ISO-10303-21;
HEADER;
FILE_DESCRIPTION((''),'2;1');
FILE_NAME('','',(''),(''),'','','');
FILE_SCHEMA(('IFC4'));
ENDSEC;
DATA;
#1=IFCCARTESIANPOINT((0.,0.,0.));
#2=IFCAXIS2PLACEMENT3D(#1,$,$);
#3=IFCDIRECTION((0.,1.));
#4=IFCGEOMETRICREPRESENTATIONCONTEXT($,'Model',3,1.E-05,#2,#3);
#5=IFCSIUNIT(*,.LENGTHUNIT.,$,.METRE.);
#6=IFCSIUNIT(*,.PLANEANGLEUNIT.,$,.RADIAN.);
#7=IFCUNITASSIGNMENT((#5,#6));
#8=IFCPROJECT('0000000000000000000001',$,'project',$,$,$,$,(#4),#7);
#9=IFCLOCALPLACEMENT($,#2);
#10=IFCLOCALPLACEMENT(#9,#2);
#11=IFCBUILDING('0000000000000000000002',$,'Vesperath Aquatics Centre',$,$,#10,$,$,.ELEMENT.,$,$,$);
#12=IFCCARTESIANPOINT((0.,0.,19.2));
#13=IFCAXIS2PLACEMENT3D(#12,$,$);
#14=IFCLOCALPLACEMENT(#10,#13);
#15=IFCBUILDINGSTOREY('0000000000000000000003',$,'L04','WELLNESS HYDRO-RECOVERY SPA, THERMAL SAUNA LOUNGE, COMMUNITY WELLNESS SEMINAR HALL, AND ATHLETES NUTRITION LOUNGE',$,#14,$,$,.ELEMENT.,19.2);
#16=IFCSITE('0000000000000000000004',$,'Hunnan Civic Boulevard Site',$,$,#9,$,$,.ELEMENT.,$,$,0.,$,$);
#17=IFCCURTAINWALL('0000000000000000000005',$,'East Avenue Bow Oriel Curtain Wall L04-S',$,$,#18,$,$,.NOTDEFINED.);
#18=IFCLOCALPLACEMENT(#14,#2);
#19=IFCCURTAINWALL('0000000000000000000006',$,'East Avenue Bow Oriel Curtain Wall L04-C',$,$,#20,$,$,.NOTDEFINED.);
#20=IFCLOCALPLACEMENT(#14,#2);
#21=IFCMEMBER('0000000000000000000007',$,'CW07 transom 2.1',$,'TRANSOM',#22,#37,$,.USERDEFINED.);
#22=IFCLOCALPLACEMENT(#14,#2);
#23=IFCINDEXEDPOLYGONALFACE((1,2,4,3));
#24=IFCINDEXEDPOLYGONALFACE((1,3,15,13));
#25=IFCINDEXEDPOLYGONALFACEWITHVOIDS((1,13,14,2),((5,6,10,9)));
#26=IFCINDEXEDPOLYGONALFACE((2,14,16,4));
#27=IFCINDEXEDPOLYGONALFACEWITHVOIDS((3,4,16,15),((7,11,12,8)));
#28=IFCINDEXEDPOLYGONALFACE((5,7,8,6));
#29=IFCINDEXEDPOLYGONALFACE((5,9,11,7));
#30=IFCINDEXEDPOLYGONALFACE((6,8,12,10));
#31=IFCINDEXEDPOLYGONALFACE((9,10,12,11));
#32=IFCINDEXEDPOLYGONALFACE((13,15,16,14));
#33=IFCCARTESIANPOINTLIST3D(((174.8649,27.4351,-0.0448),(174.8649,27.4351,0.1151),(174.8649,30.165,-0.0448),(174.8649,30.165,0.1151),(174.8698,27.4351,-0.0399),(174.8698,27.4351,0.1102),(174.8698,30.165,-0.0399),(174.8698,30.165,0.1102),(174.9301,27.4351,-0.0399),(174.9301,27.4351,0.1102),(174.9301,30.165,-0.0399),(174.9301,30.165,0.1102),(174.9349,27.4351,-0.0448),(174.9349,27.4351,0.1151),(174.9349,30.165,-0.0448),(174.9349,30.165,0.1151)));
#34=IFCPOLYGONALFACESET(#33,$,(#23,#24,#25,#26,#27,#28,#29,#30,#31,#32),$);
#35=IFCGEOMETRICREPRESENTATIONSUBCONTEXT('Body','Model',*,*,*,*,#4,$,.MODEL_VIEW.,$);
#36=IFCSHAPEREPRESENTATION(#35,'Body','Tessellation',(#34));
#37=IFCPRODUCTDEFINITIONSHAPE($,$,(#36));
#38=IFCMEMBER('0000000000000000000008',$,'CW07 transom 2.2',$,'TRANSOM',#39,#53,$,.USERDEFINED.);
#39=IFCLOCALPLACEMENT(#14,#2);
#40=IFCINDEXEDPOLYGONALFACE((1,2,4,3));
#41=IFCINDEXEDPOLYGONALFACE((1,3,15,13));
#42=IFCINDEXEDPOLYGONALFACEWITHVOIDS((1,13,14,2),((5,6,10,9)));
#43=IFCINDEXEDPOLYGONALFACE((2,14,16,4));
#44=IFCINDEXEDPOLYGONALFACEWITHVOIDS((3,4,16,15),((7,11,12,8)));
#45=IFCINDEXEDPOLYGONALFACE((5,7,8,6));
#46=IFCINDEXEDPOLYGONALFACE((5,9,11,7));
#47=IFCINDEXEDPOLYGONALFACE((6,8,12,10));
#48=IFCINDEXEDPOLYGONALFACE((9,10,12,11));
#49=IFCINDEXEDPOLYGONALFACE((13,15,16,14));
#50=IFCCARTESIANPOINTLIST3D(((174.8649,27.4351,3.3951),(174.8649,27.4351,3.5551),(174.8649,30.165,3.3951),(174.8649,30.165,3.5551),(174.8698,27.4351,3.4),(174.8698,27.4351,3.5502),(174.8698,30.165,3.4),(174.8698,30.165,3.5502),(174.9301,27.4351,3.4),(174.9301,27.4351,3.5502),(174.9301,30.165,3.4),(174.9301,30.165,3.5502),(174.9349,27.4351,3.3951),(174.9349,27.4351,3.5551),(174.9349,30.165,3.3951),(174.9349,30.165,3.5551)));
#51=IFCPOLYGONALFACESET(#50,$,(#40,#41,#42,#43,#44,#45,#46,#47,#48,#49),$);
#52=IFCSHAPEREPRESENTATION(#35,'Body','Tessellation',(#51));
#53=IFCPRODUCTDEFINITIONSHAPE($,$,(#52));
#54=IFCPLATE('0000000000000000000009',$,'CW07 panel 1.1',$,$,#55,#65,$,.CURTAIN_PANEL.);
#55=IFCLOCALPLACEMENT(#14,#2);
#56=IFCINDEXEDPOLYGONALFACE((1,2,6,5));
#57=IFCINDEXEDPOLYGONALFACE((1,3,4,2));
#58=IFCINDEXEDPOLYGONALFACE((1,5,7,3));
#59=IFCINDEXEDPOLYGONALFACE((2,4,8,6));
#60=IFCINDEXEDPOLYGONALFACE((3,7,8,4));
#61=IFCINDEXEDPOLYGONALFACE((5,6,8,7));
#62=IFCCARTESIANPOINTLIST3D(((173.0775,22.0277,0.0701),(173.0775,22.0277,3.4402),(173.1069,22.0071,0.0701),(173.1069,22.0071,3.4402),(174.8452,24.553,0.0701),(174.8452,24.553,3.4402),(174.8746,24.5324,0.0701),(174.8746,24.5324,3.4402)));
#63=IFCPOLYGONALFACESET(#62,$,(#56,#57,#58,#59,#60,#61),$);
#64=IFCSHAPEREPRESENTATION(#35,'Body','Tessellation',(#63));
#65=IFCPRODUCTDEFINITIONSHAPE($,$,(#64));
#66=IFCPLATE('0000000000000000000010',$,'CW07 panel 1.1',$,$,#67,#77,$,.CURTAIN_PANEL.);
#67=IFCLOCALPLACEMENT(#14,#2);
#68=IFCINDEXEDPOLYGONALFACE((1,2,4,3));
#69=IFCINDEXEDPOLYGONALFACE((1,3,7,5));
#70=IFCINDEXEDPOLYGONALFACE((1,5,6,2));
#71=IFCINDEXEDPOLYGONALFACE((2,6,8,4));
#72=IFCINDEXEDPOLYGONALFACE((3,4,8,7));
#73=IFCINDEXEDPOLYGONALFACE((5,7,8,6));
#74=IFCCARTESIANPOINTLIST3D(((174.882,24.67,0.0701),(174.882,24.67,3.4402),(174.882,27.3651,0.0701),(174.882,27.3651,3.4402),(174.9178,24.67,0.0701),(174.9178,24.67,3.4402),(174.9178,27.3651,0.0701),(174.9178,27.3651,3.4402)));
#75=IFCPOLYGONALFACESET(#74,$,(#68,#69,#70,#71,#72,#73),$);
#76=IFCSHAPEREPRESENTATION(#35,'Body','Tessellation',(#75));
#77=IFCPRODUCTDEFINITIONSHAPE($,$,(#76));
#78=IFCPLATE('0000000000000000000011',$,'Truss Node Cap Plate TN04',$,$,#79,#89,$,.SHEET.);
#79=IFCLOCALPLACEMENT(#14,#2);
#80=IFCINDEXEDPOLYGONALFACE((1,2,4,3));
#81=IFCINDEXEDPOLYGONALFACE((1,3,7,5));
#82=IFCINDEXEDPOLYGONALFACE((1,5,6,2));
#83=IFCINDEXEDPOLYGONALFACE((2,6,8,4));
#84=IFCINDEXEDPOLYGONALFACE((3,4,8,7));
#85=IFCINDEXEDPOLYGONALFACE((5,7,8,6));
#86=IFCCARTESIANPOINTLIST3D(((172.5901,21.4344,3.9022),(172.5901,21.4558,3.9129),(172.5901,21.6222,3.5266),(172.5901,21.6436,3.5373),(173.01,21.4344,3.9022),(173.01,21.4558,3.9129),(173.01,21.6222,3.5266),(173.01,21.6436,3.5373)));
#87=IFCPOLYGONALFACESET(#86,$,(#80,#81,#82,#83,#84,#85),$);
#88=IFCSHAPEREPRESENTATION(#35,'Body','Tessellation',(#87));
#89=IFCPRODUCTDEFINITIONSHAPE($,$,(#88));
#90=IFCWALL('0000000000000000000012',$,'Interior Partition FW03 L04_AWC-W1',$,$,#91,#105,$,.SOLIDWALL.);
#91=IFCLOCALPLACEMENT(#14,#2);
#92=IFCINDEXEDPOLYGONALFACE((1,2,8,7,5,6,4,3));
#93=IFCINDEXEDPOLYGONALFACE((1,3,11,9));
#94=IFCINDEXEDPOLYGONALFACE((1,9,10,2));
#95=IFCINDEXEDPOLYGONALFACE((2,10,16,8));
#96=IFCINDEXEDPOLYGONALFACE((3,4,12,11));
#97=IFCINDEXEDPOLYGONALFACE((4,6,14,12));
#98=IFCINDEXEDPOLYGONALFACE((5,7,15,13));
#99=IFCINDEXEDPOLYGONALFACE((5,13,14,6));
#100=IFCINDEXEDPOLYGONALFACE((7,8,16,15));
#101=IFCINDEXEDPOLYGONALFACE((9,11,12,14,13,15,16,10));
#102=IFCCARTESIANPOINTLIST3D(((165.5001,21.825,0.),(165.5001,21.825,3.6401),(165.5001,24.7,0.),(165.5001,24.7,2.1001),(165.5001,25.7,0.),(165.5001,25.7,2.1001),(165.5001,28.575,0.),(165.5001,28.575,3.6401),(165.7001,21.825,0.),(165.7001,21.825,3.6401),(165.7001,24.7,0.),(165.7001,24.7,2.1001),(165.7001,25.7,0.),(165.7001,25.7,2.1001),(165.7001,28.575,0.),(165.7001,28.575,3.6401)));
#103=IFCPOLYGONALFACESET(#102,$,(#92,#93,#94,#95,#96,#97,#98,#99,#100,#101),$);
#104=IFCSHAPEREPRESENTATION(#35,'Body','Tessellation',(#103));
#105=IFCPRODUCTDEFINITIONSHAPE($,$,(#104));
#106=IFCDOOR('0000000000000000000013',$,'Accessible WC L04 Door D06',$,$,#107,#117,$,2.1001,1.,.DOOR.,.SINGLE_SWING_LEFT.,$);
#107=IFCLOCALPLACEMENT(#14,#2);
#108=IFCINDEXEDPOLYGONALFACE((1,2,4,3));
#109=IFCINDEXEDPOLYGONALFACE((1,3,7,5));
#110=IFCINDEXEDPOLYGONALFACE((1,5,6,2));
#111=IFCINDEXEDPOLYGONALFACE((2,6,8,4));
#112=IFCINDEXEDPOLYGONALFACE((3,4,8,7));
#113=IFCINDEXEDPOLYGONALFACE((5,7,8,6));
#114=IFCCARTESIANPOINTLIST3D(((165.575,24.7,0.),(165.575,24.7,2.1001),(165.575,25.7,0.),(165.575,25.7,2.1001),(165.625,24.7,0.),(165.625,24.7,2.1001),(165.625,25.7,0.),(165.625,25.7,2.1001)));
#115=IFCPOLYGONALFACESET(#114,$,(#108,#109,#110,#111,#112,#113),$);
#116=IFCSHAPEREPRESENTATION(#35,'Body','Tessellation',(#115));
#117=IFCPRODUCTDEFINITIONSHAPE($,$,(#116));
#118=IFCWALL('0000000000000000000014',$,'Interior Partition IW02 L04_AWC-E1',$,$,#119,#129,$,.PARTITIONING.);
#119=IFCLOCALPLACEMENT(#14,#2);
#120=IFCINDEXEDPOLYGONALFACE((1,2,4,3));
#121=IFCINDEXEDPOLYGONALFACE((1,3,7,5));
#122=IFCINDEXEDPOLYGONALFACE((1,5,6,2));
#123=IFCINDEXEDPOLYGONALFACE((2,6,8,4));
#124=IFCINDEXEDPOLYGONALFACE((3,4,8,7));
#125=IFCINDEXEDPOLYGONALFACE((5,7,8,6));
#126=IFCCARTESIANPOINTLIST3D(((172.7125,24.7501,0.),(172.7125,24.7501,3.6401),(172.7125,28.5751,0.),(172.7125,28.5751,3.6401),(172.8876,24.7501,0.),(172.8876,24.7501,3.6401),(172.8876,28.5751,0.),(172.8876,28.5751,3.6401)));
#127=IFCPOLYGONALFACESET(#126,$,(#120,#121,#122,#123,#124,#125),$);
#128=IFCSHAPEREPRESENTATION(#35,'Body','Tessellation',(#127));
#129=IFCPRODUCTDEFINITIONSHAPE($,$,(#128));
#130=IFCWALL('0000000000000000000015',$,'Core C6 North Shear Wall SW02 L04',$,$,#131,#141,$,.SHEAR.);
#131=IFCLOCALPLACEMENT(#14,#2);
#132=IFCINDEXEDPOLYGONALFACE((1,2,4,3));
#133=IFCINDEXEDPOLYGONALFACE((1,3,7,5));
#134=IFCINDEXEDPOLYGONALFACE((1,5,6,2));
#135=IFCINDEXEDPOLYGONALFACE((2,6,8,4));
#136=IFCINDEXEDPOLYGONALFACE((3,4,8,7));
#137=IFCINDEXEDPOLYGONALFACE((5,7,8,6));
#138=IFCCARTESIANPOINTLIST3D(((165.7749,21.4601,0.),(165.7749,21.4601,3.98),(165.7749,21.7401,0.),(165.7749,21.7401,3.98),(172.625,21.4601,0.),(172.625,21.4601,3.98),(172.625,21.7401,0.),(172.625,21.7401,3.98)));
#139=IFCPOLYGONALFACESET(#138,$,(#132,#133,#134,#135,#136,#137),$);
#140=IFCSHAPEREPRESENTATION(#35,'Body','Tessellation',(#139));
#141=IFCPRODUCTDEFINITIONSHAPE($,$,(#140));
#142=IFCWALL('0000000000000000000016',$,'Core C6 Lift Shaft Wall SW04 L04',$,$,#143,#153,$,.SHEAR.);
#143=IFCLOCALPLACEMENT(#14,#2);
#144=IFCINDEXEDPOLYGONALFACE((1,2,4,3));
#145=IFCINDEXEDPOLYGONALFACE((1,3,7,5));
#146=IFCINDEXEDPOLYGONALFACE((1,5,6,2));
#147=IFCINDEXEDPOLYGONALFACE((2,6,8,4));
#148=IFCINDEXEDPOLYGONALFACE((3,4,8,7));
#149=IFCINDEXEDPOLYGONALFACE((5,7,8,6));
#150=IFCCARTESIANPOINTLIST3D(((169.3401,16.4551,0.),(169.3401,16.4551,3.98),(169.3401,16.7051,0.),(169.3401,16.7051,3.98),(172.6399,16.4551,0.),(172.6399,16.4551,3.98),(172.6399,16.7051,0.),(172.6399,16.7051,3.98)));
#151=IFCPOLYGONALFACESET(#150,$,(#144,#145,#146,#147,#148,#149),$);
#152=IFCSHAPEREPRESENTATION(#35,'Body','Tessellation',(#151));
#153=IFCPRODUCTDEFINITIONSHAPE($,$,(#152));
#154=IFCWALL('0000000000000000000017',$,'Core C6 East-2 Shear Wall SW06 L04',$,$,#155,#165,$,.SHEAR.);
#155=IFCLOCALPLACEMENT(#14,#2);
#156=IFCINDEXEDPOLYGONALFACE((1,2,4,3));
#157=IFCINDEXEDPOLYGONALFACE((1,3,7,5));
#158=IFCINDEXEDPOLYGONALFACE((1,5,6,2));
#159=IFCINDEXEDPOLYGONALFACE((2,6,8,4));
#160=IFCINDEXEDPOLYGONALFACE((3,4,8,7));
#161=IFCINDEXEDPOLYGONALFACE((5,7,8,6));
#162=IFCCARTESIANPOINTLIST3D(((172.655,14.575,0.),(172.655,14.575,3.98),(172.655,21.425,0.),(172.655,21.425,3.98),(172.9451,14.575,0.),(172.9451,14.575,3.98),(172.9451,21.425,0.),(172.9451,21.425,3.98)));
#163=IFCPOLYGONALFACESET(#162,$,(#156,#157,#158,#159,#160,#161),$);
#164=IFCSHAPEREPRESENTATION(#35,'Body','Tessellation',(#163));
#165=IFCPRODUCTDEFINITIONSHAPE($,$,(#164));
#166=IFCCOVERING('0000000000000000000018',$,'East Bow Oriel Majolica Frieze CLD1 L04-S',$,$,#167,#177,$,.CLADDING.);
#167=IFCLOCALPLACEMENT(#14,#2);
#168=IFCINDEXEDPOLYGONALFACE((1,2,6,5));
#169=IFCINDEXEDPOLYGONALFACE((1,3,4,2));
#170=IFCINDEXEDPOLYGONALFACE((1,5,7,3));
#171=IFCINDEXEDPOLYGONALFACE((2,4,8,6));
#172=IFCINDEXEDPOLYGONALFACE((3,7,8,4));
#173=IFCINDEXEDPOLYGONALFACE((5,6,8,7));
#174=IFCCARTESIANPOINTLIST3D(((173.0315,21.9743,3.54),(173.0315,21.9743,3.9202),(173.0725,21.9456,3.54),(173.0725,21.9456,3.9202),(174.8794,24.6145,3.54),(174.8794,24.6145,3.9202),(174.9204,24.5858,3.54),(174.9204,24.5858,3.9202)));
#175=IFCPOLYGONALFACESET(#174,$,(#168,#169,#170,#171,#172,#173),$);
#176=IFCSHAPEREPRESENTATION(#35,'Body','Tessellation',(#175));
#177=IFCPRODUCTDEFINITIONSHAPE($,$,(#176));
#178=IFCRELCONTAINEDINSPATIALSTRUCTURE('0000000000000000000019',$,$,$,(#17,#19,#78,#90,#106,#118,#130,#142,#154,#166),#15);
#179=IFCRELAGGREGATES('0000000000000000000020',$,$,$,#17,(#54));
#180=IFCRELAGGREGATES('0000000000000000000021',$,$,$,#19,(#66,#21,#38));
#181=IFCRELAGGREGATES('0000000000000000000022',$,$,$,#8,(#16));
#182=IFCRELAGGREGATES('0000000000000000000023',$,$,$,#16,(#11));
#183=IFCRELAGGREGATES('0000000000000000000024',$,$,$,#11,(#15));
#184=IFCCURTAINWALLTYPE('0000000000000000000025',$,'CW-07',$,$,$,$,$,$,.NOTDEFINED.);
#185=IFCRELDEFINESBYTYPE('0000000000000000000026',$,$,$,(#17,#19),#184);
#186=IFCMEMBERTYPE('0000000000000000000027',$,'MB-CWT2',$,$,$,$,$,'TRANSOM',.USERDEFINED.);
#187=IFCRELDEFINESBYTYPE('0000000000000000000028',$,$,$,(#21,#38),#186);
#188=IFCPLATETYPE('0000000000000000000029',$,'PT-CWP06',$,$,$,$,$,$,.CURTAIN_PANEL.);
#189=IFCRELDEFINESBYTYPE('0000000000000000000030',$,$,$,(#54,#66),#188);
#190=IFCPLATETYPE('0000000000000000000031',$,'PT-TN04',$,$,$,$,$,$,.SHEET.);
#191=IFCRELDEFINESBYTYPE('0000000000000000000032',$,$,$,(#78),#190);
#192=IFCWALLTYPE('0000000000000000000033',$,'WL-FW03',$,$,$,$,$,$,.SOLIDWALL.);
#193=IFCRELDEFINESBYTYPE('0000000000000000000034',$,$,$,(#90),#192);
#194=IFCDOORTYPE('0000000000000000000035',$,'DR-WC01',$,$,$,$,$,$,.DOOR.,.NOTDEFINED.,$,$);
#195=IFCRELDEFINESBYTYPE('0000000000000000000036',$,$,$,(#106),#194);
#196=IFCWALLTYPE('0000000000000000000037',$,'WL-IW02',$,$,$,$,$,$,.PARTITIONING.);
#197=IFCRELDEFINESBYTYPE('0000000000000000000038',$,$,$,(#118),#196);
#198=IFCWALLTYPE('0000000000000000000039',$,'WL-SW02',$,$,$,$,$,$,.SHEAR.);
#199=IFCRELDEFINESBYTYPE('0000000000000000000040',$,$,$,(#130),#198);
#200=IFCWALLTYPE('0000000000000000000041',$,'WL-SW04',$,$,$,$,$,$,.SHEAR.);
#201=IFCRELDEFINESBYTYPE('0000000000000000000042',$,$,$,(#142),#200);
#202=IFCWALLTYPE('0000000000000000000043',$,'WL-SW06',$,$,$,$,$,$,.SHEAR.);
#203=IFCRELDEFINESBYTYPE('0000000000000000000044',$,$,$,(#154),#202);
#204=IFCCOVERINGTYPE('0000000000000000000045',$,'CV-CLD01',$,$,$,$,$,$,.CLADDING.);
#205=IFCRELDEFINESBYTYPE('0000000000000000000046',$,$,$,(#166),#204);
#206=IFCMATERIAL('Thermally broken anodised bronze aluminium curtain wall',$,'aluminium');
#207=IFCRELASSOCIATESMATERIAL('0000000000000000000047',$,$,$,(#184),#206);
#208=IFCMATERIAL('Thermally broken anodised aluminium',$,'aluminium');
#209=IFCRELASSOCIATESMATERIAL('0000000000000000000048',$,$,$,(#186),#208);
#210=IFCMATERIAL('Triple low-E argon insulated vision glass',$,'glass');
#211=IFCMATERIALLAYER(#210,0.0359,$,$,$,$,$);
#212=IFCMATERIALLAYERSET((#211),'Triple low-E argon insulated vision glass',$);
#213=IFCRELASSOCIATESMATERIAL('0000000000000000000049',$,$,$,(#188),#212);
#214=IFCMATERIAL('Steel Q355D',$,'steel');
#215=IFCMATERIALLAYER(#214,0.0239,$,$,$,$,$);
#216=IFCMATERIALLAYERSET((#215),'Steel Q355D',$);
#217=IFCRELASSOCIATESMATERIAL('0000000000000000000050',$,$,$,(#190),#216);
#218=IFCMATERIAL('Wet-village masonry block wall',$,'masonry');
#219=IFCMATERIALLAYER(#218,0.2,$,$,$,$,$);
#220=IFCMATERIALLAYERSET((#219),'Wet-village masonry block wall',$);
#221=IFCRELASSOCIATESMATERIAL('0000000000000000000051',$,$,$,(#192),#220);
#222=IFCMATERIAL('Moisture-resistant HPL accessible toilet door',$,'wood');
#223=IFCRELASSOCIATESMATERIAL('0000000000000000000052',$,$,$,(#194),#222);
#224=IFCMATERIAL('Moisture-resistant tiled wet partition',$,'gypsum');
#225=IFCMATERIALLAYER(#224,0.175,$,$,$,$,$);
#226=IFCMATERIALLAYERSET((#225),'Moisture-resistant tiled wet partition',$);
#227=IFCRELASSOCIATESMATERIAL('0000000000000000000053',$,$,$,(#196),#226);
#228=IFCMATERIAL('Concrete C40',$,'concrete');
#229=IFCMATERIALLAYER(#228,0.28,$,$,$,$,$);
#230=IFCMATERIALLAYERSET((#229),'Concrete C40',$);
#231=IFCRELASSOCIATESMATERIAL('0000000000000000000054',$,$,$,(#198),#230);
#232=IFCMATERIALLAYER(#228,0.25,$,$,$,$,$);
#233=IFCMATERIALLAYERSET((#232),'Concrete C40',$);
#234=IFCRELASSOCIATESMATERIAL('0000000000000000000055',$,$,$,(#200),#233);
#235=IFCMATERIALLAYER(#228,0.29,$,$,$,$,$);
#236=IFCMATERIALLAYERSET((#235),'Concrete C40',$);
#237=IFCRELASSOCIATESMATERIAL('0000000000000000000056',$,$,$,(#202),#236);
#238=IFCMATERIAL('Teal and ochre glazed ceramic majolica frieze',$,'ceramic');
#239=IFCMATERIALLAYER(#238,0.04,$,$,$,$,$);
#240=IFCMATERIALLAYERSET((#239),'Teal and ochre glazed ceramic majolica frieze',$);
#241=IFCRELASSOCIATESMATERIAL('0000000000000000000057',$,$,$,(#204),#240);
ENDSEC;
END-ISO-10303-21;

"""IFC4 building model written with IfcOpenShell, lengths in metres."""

from ifc_helpers import new_model, si_unit, direction, frame, frame_2d, origin, origin_2d, place, context, subcontext, project, spatial, rectangle, hollow_rectangle, extrude, material, layer, layer_set, material_profile, profile_set, type_object, element, fill, aggregate, save


model = new_model("IFC4")

# Units and contexts
model_context = context("Model", 3, precision=1e-05, world=origin(), true_north=direction((0.0, 1.0)))
body_context = subcontext(model_context, "Body", "Model", "MODEL_VIEW")
ifc_project = project(units=[si_unit("LENGTHUNIT", "METRE"), si_unit("PLANEANGLEUNIT", "RADIAN")], contexts=[model_context])

# Site, building, storey
site_placement = place(None, origin())
site = spatial("IfcSite", under=ifc_project, at=site_placement, Name="Hunnan Civic Boulevard Site", CompositionType="ELEMENT", RefElevation=0.0)
building_placement = place(site_placement, origin())
building = spatial("IfcBuilding", under=site, at=building_placement, Name="Vesperath Aquatics Centre", CompositionType="ELEMENT")
storey_placement = place(building_placement, frame((0.0, 0.0, 19.2)))
storey = spatial("IfcBuildingStorey", under=building, at=storey_placement, Name="L04", Description="WELLNESS HYDRO-RECOVERY SPA, THERMAL SAUNA LOUNGE, COMMUNITY WELLNESS SEMINAR HALL, AND ATHLETES NUTRITION LOUNGE", CompositionType="ELEMENT", Elevation=19.2)

# Shared definitions
ifc_material_1 = material(Name="Steel Q355D", Category="steel")

# Curtain walls
ifc_material_2 = material(Name="Thermally broken anodised bronze aluminium curtain wall", Category="aluminium")
curtain_wall_type = type_object("IfcCurtainWallType", Name="CW-07", PredefinedType="NOTDEFINED", material=ifc_material_2)
curtain_wall_1_placement = place(storey_placement, origin())
curtain_wall_1 = element("IfcCurtainWall", 1, at=curtain_wall_1_placement, inside=storey, type_object=curtain_wall_type, Name="East Avenue Bow Oriel Curtain Wall L04-S", PredefinedType="NOTDEFINED")
ifc_material_3 = material(Name="Thermally broken anodised aluminium", Category="aluminium")
curtain_wall_2_placement = place(storey_placement, origin())
curtain_wall_2 = element("IfcCurtainWall", 2, at=curtain_wall_2_placement, inside=storey, type_object=curtain_wall_type, Name="East Avenue Bow Oriel Curtain Wall L04-C", PredefinedType="NOTDEFINED")

# Members
ifc_material_profile_1 = material_profile(ifc_material_3, hollow_rectangle(XDim=0.0701, YDim=0.1599, WallThickness=0.0049, at=origin_2d()), Name="CWT 70x160x5")
ifc_profile_set_1 = profile_set([ifc_material_profile_1], Name="Thermally broken anodised aluminium")
member_type_1 = type_object("IfcMemberType", Name="MB-CWT2", ElementType="TRANSOM", PredefinedType="USERDEFINED", material=ifc_profile_set_1)
member_1_placement = place(storey_placement, frame((174.8999, 27.4351, 0.0352), z_axis=(0.0, 1.0, 0.0), x_axis=(-1.0, 0.0, 0.0)))
member_1 = element("IfcMember", 3, at=member_1_placement, type_object=member_type_1, Name="CW07 transom 2.1", ObjectType="TRANSOM", PredefinedType="USERDEFINED", context=body_context, shape_type="SweptSolid", body=[
    extrude(hollow_rectangle(XDim=0.0701, YDim=0.1599, WallThickness=0.0049, at=origin_2d()), origin(), (0.0, 0.0, 1.0), 2.73),
])
member_2_placement = place(storey_placement, frame((174.8999, 27.4351, 3.4751), z_axis=(0.0, 1.0, 0.0), x_axis=(-1.0, 0.0, 0.0)))
member_2 = element("IfcMember", 4, at=member_2_placement, type_object=member_type_1, Name="CW07 transom 2.2", ObjectType="TRANSOM", PredefinedType="USERDEFINED", context=body_context, shape_type="SweptSolid", body=[
    extrude(hollow_rectangle(XDim=0.0701, YDim=0.1599, WallThickness=0.0049, at=origin_2d()), origin(), (0.0, 0.0, 1.0), 2.73),
])

# Plates
ifc_material_4 = material(Name="Triple low-E argon insulated vision glass", Category="glass")
ifc_layer_1 = layer(ifc_material_4, 0.0359)
ifc_layer_set_1 = layer_set([ifc_layer_1], Name="Triple low-E argon insulated vision glass")
plate_type_1 = type_object("IfcPlateType", Name="PT-CWP06", PredefinedType="CURTAIN_PANEL", material=ifc_layer_set_1)
plate_1_placement = place(storey_placement, frame((173.9761, 23.28, 0.0701), z_axis=(0.0, 0.0, 1.0), x_axis=(0.573462, 0.819232, 0.0)))
plate_1 = element("IfcPlate", 5, at=plate_1_placement, type_object=plate_type_1, Name="CW07 panel 1.1", PredefinedType="CURTAIN_PANEL", context=body_context, shape_type="SweptSolid", body=[
    extrude(rectangle(XDim=3.0825, YDim=0.0359, at=origin_2d()), origin(), (0.0, 0.0, 1.0), 3.3701),
])
aggregate(curtain_wall_1, [plate_1])
plate_2_placement = place(storey_placement, frame((174.8999, 26.0176, 0.0701), z_axis=(0.0, 0.0, 1.0), x_axis=(0.0, 1.0, 0.0)))
plate_2 = element("IfcPlate", 6, at=plate_2_placement, type_object=plate_type_1, Name="CW07 panel 1.1", PredefinedType="CURTAIN_PANEL", context=body_context, shape_type="SweptSolid", body=[
    extrude(rectangle(XDim=2.6951, YDim=0.0359, at=origin_2d()), origin(), (0.0, 0.0, 1.0), 3.3701),
])
aggregate(curtain_wall_2, [plate_2, member_1, member_2])
ifc_layer_2 = layer(ifc_material_1, 0.0239)
ifc_layer_set_2 = layer_set([ifc_layer_2], Name="Steel Q355D")
plate_type_2 = type_object("IfcPlateType", Name="PT-TN04", PredefinedType="SHEET", material=ifc_layer_set_2)
plate_3_placement = place(storey_placement, frame((172.8, 21.5283, 3.7144), z_axis=(0.0, 0.894427, 0.447214), x_axis=(-1.0, 0.0, 0.0)))
element("IfcPlate", 7, at=plate_3_placement, inside=storey, type_object=plate_type_2, Name="Truss Node Cap Plate TN04", PredefinedType="SHEET", context=body_context, shape_type="SweptSolid", body=[
    extrude(rectangle(XDim=0.4199, YDim=0.4199, at=origin_2d()), origin(), (0.0, 0.0, 1.0), 0.0239),
])

# Wall, opening, door
ifc_material_5 = material(Name="Wet-village masonry block wall", Category="masonry")
ifc_layer_3 = layer(ifc_material_5, 0.2)
ifc_layer_set_3 = layer_set([ifc_layer_3], Name="Wet-village masonry block wall")
wall_type_1 = type_object("IfcWallType", Name="WL-FW03", PredefinedType="SOLIDWALL", material=ifc_layer_set_3)
wall_1_placement = place(storey_placement, frame((165.6001, 21.825, 0.0), z_axis=(0.0, 0.0, 1.0), x_axis=(0.0, 1.0, 0.0)))
wall_1 = element("IfcWall", 8, at=wall_1_placement, inside=storey, type_object=wall_type_1, Name="Interior Partition FW03 L04_AWC-W1", PredefinedType="SOLIDWALL", context=body_context, shape_type="SweptSolid", body=[
    extrude(rectangle(XDim=6.75, YDim=0.2, at=frame_2d((3.375, 0.0))), origin(), (0.0, 0.0, 1.0), 3.6401),
])
opening_placement = place(wall_1_placement, frame((2.875, 0.0, 0.0)))
opening = element("IfcOpeningElement", 9, at=opening_placement, cuts=wall_1, PredefinedType="OPENING", context=body_context, shape_type="SweptSolid", body=[
    extrude(rectangle(XDim=1.0, YDim=2.1001, at=frame_2d((0.5, 1.05))), frame((0.0, 0.1147, 0.0), z_axis=(0.0, -1.0, 0.0), x_axis=(1.0, 0.0, 0.0)), (0.0, 0.0, 1.0), 0.2297),
])
ifc_material_6 = material(Name="Moisture-resistant HPL accessible toilet door", Category="wood")
door_type = type_object("IfcDoorType", Name="DR-WC01", OperationType="NOTDEFINED", PredefinedType="DOOR", material=ifc_material_6)
door_placement = place(opening_placement, frame((1.0, 0.0, 0.0), z_axis=(0.0, 0.0, 1.0), x_axis=(-1.0, 0.0, 0.0)))
door = element("IfcDoor", 10, at=door_placement, inside=storey, type_object=door_type, Name="Accessible WC L04 Door D06", OperationType="SINGLE_SWING_LEFT", OverallHeight=2.1001, OverallWidth=1.0, PredefinedType="DOOR", context=body_context, shape_type="SweptSolid", body=[
    extrude(rectangle(XDim=1.0, YDim=2.1001, at=frame_2d((0.5, 1.05))), frame((0.0, 0.0249, 0.0), z_axis=(0.0, -1.0, 0.0), x_axis=(1.0, 0.0, 0.0)), (0.0, 0.0, 1.0), 0.05),
])
fill(opening, door)

# Walls
ifc_material_7 = material(Name="Moisture-resistant tiled wet partition", Category="gypsum")
ifc_layer_4 = layer(ifc_material_7, 0.175)
ifc_layer_set_4 = layer_set([ifc_layer_4], Name="Moisture-resistant tiled wet partition")
wall_type_2 = type_object("IfcWallType", Name="WL-IW02", PredefinedType="PARTITIONING", material=ifc_layer_set_4)
wall_2_placement = place(storey_placement, frame((172.8, 24.75, 0.0), z_axis=(0.0, 0.0, 1.0), x_axis=(0.0, 1.0, 0.0)))
element("IfcWall", 11, at=wall_2_placement, inside=storey, type_object=wall_type_2, Name="Interior Partition IW02 L04_AWC-E1", PredefinedType="PARTITIONING", context=body_context, shape_type="SweptSolid", body=[
    extrude(rectangle(XDim=3.825, YDim=0.175, at=frame_2d((1.9126, 0.0))), origin(), (0.0, 0.0, 1.0), 3.6401),
])
ifc_material_8 = material(Name="Concrete C40", Category="concrete")
ifc_layer_5 = layer(ifc_material_8, 0.28)
ifc_layer_set_5 = layer_set([ifc_layer_5], Name="Concrete C40")
wall_type_3 = type_object("IfcWallType", Name="WL-SW02", PredefinedType="SHEAR", material=ifc_layer_set_5)
wall_3_placement = place(storey_placement, frame((165.7749, 21.6001, 0.0), z_axis=(0.0, 0.0, 1.0), x_axis=(1.0, 0.0, 0.0)))
element("IfcWall", 12, at=wall_3_placement, inside=storey, type_object=wall_type_3, Name="Core C6 North Shear Wall SW02 L04", PredefinedType="SHEAR", context=body_context, shape_type="SweptSolid", body=[
    extrude(rectangle(XDim=6.8501, YDim=0.28, at=frame_2d((3.425, 0.0))), origin(), (0.0, 0.0, 1.0), 3.98),
])
ifc_layer_6 = layer(ifc_material_8, 0.25)
ifc_layer_set_6 = layer_set([ifc_layer_6], Name="Concrete C40")
wall_type_4 = type_object("IfcWallType", Name="WL-SW04", PredefinedType="SHEAR", material=ifc_layer_set_6)
wall_4_placement = place(storey_placement, frame((169.3401, 16.5801, 0.0), z_axis=(0.0, 0.0, 1.0), x_axis=(1.0, 0.0, 0.0)))
element("IfcWall", 13, at=wall_4_placement, inside=storey, type_object=wall_type_4, Name="Core C6 Lift Shaft Wall SW04 L04", PredefinedType="SHEAR", context=body_context, shape_type="SweptSolid", body=[
    extrude(rectangle(XDim=3.2998, YDim=0.25, at=frame_2d((1.6499, 0.0))), origin(), (0.0, 0.0, 1.0), 3.98),
])
ifc_layer_7 = layer(ifc_material_8, 0.29)
ifc_layer_set_7 = layer_set([ifc_layer_7], Name="Concrete C40")
wall_type_5 = type_object("IfcWallType", Name="WL-SW06", PredefinedType="SHEAR", material=ifc_layer_set_7)
wall_5_placement = place(storey_placement, frame((172.8, 14.575, 0.0), z_axis=(0.0, 0.0, 1.0), x_axis=(0.0, 1.0, 0.0)))
element("IfcWall", 14, at=wall_5_placement, inside=storey, type_object=wall_type_5, Name="Core C6 East-2 Shear Wall SW06 L04", PredefinedType="SHEAR", context=body_context, shape_type="SweptSolid", body=[
    extrude(rectangle(XDim=6.8501, YDim=0.29, at=frame_2d((3.425, 0.0))), origin(), (0.0, 0.0, 1.0), 3.98),
])

# Covering
ifc_material_9 = material(Name="Teal and ochre glazed ceramic majolica frieze", Category="ceramic")
ifc_layer_8 = layer(ifc_material_9, 0.04)
ifc_layer_set_8 = layer_set([ifc_layer_8], Name="Teal and ochre glazed ceramic majolica frieze")
covering_type = type_object("IfcCoveringType", Name="CV-CLD01", PredefinedType="CLADDING", material=ifc_layer_set_8)
covering_1_placement = place(storey_placement, frame((173.052, 21.96, 3.54), z_axis=(0.0, 0.0, 1.0), x_axis=(0.573422, 0.81926, 0.0)))
element("IfcCovering", 15, at=covering_1_placement, inside=storey, type_object=covering_type, Name="East Bow Oriel Majolica Frieze CLD1 L04-S", PredefinedType="CLADDING", context=body_context, shape_type="SweptSolid", body=[
    extrude(rectangle(XDim=3.2227, YDim=0.05, at=frame_2d((1.6113, 0.0))), origin(), (0.0, 0.0, 1.0), 0.3801),
])

save(model, "model.ifc")
